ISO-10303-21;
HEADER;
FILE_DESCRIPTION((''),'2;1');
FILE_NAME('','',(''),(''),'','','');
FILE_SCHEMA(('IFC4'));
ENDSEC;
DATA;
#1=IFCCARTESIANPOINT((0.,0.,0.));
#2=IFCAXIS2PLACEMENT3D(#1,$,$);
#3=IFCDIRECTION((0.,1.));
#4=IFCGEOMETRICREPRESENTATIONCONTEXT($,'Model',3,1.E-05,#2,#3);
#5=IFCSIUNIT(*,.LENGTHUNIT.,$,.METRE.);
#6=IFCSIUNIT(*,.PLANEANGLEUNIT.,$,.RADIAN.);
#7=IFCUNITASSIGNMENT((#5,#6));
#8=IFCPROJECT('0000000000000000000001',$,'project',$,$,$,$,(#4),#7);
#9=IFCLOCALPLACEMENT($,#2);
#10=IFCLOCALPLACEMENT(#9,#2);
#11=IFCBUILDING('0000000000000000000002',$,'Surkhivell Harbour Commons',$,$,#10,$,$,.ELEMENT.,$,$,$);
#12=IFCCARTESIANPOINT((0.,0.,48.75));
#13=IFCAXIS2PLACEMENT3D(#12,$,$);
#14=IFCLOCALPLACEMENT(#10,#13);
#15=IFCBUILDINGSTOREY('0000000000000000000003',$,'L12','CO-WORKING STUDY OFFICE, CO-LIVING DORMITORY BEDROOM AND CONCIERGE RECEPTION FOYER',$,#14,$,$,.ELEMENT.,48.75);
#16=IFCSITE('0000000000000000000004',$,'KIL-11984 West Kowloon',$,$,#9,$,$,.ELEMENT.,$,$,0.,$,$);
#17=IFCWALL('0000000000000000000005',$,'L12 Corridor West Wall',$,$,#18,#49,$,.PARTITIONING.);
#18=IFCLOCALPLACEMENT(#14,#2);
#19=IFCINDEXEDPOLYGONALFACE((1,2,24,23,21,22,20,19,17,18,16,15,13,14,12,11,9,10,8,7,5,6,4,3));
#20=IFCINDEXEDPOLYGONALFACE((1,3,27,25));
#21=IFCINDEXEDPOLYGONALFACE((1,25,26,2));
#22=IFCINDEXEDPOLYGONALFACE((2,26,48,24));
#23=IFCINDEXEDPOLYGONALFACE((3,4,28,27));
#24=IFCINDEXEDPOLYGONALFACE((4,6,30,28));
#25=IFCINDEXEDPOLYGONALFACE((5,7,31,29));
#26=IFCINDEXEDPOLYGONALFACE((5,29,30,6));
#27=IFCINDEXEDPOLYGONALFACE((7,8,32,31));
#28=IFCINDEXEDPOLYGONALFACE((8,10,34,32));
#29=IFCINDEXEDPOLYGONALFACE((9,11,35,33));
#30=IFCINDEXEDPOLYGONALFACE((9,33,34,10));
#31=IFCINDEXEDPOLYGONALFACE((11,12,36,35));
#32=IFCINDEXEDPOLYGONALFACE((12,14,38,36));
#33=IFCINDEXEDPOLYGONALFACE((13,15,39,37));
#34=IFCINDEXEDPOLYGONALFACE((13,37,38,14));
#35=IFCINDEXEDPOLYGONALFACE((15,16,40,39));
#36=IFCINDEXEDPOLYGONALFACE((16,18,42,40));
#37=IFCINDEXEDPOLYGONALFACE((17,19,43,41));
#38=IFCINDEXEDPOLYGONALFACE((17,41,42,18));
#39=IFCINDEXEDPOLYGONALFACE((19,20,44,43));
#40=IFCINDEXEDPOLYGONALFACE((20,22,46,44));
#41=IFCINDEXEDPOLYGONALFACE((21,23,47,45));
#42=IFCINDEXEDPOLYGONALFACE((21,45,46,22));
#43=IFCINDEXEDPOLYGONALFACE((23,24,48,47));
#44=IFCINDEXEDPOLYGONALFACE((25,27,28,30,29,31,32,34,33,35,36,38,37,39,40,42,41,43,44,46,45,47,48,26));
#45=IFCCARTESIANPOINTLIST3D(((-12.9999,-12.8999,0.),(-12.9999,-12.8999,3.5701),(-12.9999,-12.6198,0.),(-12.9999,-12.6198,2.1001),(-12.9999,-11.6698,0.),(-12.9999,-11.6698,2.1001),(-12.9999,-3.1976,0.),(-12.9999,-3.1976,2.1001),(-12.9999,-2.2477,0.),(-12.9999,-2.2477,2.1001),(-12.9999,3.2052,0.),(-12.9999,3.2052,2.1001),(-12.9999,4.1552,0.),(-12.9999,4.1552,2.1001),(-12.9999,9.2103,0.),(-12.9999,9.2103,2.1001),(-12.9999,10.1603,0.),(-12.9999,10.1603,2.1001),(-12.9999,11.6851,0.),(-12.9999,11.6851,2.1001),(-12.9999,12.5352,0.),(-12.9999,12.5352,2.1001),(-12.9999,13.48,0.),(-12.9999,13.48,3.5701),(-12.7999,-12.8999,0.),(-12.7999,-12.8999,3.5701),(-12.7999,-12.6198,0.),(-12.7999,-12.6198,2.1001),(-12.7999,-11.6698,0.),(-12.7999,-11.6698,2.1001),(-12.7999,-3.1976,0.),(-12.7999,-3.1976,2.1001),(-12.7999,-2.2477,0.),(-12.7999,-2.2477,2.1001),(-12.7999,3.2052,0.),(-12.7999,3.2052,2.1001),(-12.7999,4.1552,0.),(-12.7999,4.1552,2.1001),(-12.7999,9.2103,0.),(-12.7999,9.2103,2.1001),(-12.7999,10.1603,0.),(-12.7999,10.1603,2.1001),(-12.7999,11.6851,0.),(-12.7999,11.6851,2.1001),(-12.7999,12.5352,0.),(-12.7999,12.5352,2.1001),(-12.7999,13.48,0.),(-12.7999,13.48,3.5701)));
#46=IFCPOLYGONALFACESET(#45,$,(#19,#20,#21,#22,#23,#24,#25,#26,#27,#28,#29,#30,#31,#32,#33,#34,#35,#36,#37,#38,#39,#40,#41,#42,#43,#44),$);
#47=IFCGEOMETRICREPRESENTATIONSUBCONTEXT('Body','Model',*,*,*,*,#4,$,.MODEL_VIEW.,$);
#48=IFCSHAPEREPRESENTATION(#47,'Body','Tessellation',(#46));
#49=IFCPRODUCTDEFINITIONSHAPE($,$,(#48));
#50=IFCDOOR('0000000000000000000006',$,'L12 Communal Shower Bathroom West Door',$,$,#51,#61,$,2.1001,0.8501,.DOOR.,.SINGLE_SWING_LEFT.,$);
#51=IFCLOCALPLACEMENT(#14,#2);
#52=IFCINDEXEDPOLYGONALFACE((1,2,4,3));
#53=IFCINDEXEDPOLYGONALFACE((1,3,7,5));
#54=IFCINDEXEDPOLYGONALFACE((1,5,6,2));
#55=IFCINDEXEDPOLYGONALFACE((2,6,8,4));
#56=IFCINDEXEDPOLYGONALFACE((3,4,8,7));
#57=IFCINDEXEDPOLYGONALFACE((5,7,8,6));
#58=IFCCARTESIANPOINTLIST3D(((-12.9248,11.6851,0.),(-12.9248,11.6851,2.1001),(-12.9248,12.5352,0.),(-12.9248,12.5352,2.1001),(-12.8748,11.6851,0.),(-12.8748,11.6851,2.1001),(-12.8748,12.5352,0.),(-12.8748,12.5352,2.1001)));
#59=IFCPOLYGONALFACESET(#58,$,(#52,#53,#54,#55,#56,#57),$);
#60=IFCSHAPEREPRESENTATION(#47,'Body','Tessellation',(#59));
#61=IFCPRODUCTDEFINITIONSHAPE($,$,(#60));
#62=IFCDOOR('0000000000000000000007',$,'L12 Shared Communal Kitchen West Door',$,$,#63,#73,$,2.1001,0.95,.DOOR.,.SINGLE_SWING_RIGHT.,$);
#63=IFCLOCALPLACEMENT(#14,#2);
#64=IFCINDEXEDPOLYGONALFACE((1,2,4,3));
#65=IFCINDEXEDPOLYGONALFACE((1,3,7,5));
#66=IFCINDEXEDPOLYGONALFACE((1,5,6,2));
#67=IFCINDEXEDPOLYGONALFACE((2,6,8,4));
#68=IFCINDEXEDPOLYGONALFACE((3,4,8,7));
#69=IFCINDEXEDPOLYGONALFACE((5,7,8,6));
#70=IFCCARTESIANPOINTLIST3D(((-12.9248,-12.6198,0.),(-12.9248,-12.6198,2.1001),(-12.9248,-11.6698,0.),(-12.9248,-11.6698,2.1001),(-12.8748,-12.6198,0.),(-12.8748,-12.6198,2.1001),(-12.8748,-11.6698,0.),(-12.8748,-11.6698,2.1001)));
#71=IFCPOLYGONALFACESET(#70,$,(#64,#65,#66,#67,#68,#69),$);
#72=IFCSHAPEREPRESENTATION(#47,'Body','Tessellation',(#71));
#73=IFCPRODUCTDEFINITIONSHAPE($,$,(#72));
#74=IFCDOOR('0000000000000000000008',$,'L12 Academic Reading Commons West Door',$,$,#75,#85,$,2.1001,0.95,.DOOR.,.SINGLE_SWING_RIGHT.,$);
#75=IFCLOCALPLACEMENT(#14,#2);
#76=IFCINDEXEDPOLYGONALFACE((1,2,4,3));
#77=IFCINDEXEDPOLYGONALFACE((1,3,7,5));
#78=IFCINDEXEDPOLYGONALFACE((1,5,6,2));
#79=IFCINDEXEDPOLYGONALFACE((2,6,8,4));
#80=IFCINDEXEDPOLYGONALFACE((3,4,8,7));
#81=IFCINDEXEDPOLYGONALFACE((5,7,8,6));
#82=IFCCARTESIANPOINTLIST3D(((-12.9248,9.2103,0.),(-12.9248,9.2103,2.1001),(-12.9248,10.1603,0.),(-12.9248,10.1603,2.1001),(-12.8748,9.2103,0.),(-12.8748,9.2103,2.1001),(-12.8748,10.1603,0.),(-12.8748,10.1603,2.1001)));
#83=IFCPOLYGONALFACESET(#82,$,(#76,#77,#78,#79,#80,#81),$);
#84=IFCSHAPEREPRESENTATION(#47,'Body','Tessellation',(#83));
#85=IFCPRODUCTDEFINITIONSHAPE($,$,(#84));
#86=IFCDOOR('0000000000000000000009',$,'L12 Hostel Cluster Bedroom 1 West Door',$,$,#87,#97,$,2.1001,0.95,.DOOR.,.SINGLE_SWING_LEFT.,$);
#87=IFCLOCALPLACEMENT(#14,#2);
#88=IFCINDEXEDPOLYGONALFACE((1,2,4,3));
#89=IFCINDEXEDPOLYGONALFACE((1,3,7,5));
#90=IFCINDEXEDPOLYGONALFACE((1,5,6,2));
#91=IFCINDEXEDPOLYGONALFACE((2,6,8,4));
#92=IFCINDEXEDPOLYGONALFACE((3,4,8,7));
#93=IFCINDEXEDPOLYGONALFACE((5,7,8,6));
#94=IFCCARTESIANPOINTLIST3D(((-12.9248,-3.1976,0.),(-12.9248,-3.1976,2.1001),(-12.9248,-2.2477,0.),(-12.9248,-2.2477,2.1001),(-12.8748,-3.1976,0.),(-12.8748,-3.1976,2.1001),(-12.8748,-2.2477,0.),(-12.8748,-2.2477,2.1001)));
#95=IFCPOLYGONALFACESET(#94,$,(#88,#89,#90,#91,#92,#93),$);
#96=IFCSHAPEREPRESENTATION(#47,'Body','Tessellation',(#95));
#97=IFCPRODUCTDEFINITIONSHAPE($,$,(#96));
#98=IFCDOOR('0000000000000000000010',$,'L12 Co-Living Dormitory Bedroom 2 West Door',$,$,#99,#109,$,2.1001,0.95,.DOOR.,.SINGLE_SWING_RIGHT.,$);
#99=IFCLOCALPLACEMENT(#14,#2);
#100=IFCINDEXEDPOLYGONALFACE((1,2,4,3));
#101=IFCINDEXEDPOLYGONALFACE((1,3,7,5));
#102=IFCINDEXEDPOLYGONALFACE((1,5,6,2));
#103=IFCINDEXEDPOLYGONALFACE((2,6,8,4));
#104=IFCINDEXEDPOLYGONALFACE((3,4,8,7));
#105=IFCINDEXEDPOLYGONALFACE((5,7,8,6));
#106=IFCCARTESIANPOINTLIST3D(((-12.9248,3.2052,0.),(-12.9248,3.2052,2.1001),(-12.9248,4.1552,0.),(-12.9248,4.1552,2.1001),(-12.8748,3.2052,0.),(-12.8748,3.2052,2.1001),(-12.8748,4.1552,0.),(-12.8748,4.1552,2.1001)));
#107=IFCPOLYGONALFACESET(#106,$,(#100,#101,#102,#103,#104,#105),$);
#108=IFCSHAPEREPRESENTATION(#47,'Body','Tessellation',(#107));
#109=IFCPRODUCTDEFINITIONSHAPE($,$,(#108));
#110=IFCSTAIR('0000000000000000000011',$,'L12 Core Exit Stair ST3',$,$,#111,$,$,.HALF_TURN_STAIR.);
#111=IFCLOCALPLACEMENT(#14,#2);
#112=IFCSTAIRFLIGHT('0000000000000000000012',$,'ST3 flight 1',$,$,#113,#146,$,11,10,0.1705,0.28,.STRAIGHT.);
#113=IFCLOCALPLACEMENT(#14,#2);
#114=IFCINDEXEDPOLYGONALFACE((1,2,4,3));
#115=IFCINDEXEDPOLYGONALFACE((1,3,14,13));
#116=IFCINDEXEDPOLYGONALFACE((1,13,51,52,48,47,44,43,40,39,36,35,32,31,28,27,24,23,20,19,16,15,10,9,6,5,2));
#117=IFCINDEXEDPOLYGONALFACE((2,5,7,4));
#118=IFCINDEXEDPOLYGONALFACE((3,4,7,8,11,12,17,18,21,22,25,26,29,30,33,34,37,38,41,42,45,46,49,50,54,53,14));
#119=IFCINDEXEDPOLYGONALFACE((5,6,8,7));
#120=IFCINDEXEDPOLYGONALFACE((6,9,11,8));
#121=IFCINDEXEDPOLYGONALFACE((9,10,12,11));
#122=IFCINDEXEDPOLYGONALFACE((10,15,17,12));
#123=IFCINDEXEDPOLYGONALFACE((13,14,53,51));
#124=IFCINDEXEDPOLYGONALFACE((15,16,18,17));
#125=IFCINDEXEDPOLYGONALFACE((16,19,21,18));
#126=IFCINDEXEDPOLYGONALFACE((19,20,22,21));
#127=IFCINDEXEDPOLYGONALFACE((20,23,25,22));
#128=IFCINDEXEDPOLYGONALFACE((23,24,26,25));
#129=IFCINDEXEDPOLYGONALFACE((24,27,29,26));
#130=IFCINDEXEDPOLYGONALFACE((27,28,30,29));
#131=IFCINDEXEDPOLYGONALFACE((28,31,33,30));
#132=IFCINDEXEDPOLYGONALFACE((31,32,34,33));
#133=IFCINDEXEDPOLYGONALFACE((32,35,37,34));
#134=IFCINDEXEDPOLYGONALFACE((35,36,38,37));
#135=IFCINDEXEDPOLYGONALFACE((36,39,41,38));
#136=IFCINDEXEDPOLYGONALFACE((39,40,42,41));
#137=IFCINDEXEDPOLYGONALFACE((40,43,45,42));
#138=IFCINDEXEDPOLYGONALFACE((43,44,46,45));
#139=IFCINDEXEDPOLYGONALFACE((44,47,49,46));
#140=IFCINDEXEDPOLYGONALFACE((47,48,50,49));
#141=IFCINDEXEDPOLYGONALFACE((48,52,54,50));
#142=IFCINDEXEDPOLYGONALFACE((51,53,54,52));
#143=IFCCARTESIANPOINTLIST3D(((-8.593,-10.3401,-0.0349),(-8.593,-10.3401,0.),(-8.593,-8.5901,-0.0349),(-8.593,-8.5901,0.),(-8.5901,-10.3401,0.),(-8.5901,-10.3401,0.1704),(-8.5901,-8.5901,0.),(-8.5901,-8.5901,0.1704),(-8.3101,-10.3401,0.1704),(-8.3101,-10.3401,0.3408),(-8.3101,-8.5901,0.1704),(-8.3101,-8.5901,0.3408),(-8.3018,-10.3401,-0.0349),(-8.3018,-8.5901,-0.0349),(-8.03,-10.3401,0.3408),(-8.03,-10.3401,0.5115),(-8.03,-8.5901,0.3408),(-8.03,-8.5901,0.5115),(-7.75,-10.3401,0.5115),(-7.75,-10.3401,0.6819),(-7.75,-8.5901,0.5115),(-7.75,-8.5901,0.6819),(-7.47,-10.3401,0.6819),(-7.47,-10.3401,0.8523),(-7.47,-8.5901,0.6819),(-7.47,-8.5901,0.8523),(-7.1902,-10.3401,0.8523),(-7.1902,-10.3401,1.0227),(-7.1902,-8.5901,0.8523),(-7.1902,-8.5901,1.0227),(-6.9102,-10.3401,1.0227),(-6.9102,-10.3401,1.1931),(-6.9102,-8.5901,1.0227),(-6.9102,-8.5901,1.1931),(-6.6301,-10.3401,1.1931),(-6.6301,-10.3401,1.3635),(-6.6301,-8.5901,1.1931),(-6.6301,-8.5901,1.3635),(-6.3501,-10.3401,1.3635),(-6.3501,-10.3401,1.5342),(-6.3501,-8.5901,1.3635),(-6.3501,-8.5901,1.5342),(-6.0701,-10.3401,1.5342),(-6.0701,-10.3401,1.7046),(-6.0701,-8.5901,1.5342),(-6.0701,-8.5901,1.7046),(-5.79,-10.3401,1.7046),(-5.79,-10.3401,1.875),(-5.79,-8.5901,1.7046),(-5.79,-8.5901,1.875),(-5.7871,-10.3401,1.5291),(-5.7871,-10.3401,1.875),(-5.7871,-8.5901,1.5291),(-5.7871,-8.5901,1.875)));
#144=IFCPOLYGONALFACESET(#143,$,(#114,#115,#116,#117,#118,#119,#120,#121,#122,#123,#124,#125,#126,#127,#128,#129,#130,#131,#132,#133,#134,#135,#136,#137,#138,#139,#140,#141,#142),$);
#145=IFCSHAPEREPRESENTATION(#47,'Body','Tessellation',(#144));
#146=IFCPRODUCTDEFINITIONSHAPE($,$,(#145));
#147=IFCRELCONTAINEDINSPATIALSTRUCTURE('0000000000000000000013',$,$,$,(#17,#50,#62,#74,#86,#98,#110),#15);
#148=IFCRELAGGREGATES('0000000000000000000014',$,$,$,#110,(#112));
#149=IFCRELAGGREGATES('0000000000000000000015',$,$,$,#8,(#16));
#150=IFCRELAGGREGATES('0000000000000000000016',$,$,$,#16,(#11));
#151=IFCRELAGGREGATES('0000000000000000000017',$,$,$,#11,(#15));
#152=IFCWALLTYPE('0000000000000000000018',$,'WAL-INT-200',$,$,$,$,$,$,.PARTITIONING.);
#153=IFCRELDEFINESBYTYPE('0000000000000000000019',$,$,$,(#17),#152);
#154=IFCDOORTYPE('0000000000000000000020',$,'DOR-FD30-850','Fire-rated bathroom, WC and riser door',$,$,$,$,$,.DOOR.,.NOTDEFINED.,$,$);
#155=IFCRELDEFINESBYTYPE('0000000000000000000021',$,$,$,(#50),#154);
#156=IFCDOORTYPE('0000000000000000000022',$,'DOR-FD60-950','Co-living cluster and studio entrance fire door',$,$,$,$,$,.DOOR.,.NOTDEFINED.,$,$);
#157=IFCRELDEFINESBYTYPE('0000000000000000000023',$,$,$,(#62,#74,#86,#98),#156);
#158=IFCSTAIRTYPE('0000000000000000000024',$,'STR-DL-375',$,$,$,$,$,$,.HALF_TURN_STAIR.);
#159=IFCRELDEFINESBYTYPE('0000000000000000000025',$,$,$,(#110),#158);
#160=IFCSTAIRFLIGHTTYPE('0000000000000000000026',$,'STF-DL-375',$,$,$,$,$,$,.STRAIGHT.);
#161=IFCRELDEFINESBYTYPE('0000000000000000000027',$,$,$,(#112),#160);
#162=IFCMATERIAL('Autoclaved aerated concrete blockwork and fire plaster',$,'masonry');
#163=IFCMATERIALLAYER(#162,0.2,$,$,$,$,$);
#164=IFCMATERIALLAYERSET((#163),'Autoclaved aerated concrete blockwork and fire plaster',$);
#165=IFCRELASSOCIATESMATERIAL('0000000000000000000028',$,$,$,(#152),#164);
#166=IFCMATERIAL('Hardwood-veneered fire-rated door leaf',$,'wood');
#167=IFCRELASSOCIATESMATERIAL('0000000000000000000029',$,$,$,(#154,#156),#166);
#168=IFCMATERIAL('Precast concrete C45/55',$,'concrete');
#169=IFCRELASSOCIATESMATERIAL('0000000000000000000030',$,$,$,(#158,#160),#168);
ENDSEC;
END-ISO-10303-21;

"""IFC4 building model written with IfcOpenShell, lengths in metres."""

from ifc_helpers import new_model, si_unit, direction, frame, frame_2d, origin, place, context, subcontext, project, spatial, polyline, rectangle, outline, extrude, material, layer, layer_set, type_object, element, fill, aggregate, save


model = new_model("IFC4")

# Units and contexts
model_context = context("Model", 3, precision=1e-05, world=origin(), true_north=direction((0.0, 1.0)))
body_context = subcontext(model_context, "Body", "Model", "MODEL_VIEW")
ifc_project = project(units=[si_unit("LENGTHUNIT", "METRE"), si_unit("PLANEANGLEUNIT", "RADIAN")], contexts=[model_context])

# Site, building, storey
site_placement = place(None, origin())
site = spatial("IfcSite", under=ifc_project, at=site_placement, Name="KIL-11984 West Kowloon", CompositionType="ELEMENT", RefElevation=0.0)
building_placement = place(site_placement, origin())
building = spatial("IfcBuilding", under=site, at=building_placement, Name="Surkhivell Harbour Commons", CompositionType="ELEMENT")
storey_placement = place(building_placement, frame((0.0, 0.0, 48.75)))
storey = spatial("IfcBuildingStorey", under=building, at=storey_placement, Name="L12", Description="CO-WORKING STUDY OFFICE, CO-LIVING DORMITORY BEDROOM AND CONCIERGE RECEPTION FOYER", CompositionType="ELEMENT", Elevation=48.75)

# Wall, openings, doors
ifc_material_1 = material(Name="Autoclaved aerated concrete blockwork and fire plaster", Category="masonry")
ifc_layer_1 = layer(ifc_material_1, 0.2)
ifc_layer_set_1 = layer_set([ifc_layer_1], Name="Autoclaved aerated concrete blockwork and fire plaster")
wall_type_1 = type_object("IfcWallType", Name="WAL-INT-200", PredefinedType="PARTITIONING", material=ifc_layer_set_1)
ifc_material_2 = material(Name="Hardwood-veneered fire-rated door leaf", Category="wood")
door_type_1 = type_object("IfcDoorType", Name="DOR-FD30-850", Description="Fire-rated bathroom, WC and riser door", OperationType="NOTDEFINED", PredefinedType="DOOR", material=ifc_material_2)
door_type_2 = type_object("IfcDoorType", Name="DOR-FD60-950", Description="Co-living cluster and studio entrance fire door", OperationType="NOTDEFINED", PredefinedType="DOOR", material=ifc_material_2)
wall_1_placement = place(storey_placement, frame((-12.8999, -12.8999, 0.0), z_axis=(0.0, 0.0, 1.0), x_axis=(0.0, 1.0, 0.0)))
wall_1 = element("IfcWall", 1, at=wall_1_placement, inside=storey, type_object=wall_type_1, Name="L12 Corridor West Wall", PredefinedType="PARTITIONING", context=body_context, shape_type="SweptSolid", body=[
    extrude(rectangle(XDim=26.3799, YDim=0.2, at=frame_2d((13.1899, 0.0))), origin(), (0.0, 0.0, 1.0), 3.5701),
])
opening_1_placement = place(wall_1_placement, frame((0.28, 0.0, 0.0)))
opening_1 = element("IfcOpeningElement", 2, at=opening_1_placement, cuts=wall_1, PredefinedType="OPENING", context=body_context, shape_type="SweptSolid", body=[
    extrude(rectangle(XDim=0.95, YDim=2.1001, at=frame_2d((0.4751, 1.05))), frame((0.0, 0.1099, 0.0), z_axis=(0.0, -1.0, 0.0), x_axis=(1.0, 0.0, 0.0)), (0.0, 0.0, 1.0), 0.22),
])
opening_2_placement = place(wall_1_placement, frame((24.585, 0.0, 0.0)))
opening_2 = element("IfcOpeningElement", 3, at=opening_2_placement, cuts=wall_1, PredefinedType="OPENING", context=body_context, shape_type="SweptSolid", body=[
    extrude(rectangle(XDim=0.8501, YDim=2.1001, at=frame_2d((0.425, 1.05))), frame((0.0, 0.1099, 0.0), z_axis=(0.0, -1.0, 0.0), x_axis=(1.0, 0.0, 0.0)), (0.0, 0.0, 1.0), 0.22),
])
opening_3_placement = place(wall_1_placement, frame((22.1101, 0.0, 0.0)))
opening_3 = element("IfcOpeningElement", 4, at=opening_3_placement, cuts=wall_1, PredefinedType="OPENING", context=body_context, shape_type="SweptSolid", body=[
    extrude(rectangle(XDim=0.95, YDim=2.1001, at=frame_2d((0.4751, 1.05))), frame((0.0, 0.1099, 0.0), z_axis=(0.0, -1.0, 0.0), x_axis=(1.0, 0.0, 0.0)), (0.0, 0.0, 1.0), 0.22),
])
opening_4_placement = place(wall_1_placement, frame((9.7021, 0.0, 0.0)))
opening_4 = element("IfcOpeningElement", 5, at=opening_4_placement, cuts=wall_1, PredefinedType="OPENING", context=body_context, shape_type="SweptSolid", body=[
    extrude(rectangle(XDim=0.95, YDim=2.1001, at=frame_2d((0.4751, 1.05))), frame((0.0, 0.1099, 0.0), z_axis=(0.0, -1.0, 0.0), x_axis=(1.0, 0.0, 0.0)), (0.0, 0.0, 1.0), 0.22),
])
opening_5_placement = place(wall_1_placement, frame((16.105, 0.0, 0.0)))
opening_5 = element("IfcOpeningElement", 6, at=opening_5_placement, cuts=wall_1, PredefinedType="OPENING", context=body_context, shape_type="SweptSolid", body=[
    extrude(rectangle(XDim=0.95, YDim=2.1001, at=frame_2d((0.4751, 1.05))), frame((0.0, 0.1099, 0.0), z_axis=(0.0, -1.0, 0.0), x_axis=(1.0, 0.0, 0.0)), (0.0, 0.0, 1.0), 0.22),
])
door_1_placement = place(opening_2_placement, origin())
door_1 = element("IfcDoor", 7, at=door_1_placement, inside=storey, type_object=door_type_1, Name="L12 Communal Shower Bathroom West Door", OperationType="SINGLE_SWING_LEFT", OverallHeight=2.1001, OverallWidth=0.8501, PredefinedType="DOOR", context=body_context, shape_type="SweptSolid", body=[
    extrude(rectangle(XDim=0.8501, YDim=2.1001, at=frame_2d((0.425, 1.05))), frame((0.0, 0.0249, 0.0), z_axis=(0.0, -1.0, 0.0), x_axis=(1.0, 0.0, 0.0)), (0.0, 0.0, 1.0), 0.05),
])
fill(opening_2, door_1)
door_2_placement = place(opening_1_placement, origin())
door_2 = element("IfcDoor", 8, at=door_2_placement, inside=storey, type_object=door_type_2, Name="L12 Shared Communal Kitchen West Door", OperationType="SINGLE_SWING_RIGHT", OverallHeight=2.1001, OverallWidth=0.95, PredefinedType="DOOR", context=body_context, shape_type="SweptSolid", body=[
    extrude(rectangle(XDim=0.95, YDim=2.1001, at=frame_2d((0.4751, 1.05))), frame((0.0, 0.0249, 0.0), z_axis=(0.0, -1.0, 0.0), x_axis=(1.0, 0.0, 0.0)), (0.0, 0.0, 1.0), 0.05),
])
fill(opening_1, door_2)
door_3_placement = place(opening_3_placement, origin())
door_3 = element("IfcDoor", 9, at=door_3_placement, inside=storey, type_object=door_type_2, Name="L12 Academic Reading Commons West Door", OperationType="SINGLE_SWING_RIGHT", OverallHeight=2.1001, OverallWidth=0.95, PredefinedType="DOOR", context=body_context, shape_type="SweptSolid", body=[
    extrude(rectangle(XDim=0.95, YDim=2.1001, at=frame_2d((0.4751, 1.05))), frame((0.0, 0.0249, 0.0), z_axis=(0.0, -1.0, 0.0), x_axis=(1.0, 0.0, 0.0)), (0.0, 0.0, 1.0), 0.05),
])
fill(opening_3, door_3)
door_4_placement = place(opening_4_placement, origin())
door_4 = element("IfcDoor", 10, at=door_4_placement, inside=storey, type_object=door_type_2, Name="L12 Hostel Cluster Bedroom 1 West Door", OperationType="SINGLE_SWING_LEFT", OverallHeight=2.1001, OverallWidth=0.95, PredefinedType="DOOR", context=body_context, shape_type="SweptSolid", body=[
    extrude(rectangle(XDim=0.95, YDim=2.1001, at=frame_2d((0.4751, 1.05))), frame((0.0, 0.0249, 0.0), z_axis=(0.0, -1.0, 0.0), x_axis=(1.0, 0.0, 0.0)), (0.0, 0.0, 1.0), 0.05),
])
fill(opening_4, door_4)
door_5_placement = place(opening_5_placement, origin())
door_5 = element("IfcDoor", 11, at=door_5_placement, inside=storey, type_object=door_type_2, Name="L12 Co-Living Dormitory Bedroom 2 West Door", OperationType="SINGLE_SWING_RIGHT", OverallHeight=2.1001, OverallWidth=0.95, PredefinedType="DOOR", context=body_context, shape_type="SweptSolid", body=[
    extrude(rectangle(XDim=0.95, YDim=2.1001, at=frame_2d((0.4751, 1.05))), frame((0.0, 0.0249, 0.0), z_axis=(0.0, -1.0, 0.0), x_axis=(1.0, 0.0, 0.0)), (0.0, 0.0, 1.0), 0.05),
])
fill(opening_5, door_5)

# Stair, stair flight
ifc_material_3 = material(Name="Precast concrete C45/55", Category="concrete")
stair_type = type_object("IfcStairType", Name="STR-DL-375", PredefinedType="HALF_TURN_STAIR", material=ifc_material_3)
stair_placement = place(storey_placement, origin())
stair = element("IfcStair", 12, at=stair_placement, inside=storey, type_object=stair_type, Name="L12 Core Exit Stair ST3", PredefinedType="HALF_TURN_STAIR")
stair_flight_type = type_object("IfcStairFlightType", Name="STF-DL-375", PredefinedType="STRAIGHT", material=ifc_material_3)
stair_flight_placement = place(storey_placement, frame((-8.5901, -9.4651, 0.0), z_axis=(0.0, 0.0, 1.0), x_axis=(1.0, 0.0, 0.0)))
stair_flight = element("IfcStairFlight", 13, at=stair_flight_placement, type_object=stair_flight_type, Name="ST3 flight 1", NumberOfRisers=11, NumberOfTreads=10, PredefinedType="STRAIGHT", RiserHeight=0.1705, TreadLength=0.28, context=body_context, shape_type="SweptSolid", body=[
    extrude(outline(polyline([(-0.0029, -0.0349), (-0.0029, 0.0), (0.0, 0.0), (0.0, 0.1704), (0.28, 0.1704), (0.28, 0.3408), (0.5601, 0.3408), (0.5601, 0.5115), (0.8401, 0.5115), (0.8401, 0.6819), (1.1201, 0.6819), (1.1201, 0.8523), (1.3999, 0.8523), (1.3999, 1.0227), (1.6799, 1.0227), (1.6799, 1.1931), (1.96, 1.1931), (1.96, 1.3635), (2.24, 1.3635), (2.24, 1.5342), (2.52, 1.5342), (2.52, 1.7046), (2.8, 1.7046), (2.8, 1.875), (2.803, 1.875), (2.803, 1.5291), (0.2883, -0.0349), (-0.0029, -0.0349)])), frame((0.0, 0.875, 0.0), z_axis=(0.0, -1.0, 0.0), x_axis=(1.0, 0.0, 0.0)), (0.0, 0.0, 1.0), 1.75),
])
aggregate(stair, [stair_flight])

save(model, "model.ifc")
